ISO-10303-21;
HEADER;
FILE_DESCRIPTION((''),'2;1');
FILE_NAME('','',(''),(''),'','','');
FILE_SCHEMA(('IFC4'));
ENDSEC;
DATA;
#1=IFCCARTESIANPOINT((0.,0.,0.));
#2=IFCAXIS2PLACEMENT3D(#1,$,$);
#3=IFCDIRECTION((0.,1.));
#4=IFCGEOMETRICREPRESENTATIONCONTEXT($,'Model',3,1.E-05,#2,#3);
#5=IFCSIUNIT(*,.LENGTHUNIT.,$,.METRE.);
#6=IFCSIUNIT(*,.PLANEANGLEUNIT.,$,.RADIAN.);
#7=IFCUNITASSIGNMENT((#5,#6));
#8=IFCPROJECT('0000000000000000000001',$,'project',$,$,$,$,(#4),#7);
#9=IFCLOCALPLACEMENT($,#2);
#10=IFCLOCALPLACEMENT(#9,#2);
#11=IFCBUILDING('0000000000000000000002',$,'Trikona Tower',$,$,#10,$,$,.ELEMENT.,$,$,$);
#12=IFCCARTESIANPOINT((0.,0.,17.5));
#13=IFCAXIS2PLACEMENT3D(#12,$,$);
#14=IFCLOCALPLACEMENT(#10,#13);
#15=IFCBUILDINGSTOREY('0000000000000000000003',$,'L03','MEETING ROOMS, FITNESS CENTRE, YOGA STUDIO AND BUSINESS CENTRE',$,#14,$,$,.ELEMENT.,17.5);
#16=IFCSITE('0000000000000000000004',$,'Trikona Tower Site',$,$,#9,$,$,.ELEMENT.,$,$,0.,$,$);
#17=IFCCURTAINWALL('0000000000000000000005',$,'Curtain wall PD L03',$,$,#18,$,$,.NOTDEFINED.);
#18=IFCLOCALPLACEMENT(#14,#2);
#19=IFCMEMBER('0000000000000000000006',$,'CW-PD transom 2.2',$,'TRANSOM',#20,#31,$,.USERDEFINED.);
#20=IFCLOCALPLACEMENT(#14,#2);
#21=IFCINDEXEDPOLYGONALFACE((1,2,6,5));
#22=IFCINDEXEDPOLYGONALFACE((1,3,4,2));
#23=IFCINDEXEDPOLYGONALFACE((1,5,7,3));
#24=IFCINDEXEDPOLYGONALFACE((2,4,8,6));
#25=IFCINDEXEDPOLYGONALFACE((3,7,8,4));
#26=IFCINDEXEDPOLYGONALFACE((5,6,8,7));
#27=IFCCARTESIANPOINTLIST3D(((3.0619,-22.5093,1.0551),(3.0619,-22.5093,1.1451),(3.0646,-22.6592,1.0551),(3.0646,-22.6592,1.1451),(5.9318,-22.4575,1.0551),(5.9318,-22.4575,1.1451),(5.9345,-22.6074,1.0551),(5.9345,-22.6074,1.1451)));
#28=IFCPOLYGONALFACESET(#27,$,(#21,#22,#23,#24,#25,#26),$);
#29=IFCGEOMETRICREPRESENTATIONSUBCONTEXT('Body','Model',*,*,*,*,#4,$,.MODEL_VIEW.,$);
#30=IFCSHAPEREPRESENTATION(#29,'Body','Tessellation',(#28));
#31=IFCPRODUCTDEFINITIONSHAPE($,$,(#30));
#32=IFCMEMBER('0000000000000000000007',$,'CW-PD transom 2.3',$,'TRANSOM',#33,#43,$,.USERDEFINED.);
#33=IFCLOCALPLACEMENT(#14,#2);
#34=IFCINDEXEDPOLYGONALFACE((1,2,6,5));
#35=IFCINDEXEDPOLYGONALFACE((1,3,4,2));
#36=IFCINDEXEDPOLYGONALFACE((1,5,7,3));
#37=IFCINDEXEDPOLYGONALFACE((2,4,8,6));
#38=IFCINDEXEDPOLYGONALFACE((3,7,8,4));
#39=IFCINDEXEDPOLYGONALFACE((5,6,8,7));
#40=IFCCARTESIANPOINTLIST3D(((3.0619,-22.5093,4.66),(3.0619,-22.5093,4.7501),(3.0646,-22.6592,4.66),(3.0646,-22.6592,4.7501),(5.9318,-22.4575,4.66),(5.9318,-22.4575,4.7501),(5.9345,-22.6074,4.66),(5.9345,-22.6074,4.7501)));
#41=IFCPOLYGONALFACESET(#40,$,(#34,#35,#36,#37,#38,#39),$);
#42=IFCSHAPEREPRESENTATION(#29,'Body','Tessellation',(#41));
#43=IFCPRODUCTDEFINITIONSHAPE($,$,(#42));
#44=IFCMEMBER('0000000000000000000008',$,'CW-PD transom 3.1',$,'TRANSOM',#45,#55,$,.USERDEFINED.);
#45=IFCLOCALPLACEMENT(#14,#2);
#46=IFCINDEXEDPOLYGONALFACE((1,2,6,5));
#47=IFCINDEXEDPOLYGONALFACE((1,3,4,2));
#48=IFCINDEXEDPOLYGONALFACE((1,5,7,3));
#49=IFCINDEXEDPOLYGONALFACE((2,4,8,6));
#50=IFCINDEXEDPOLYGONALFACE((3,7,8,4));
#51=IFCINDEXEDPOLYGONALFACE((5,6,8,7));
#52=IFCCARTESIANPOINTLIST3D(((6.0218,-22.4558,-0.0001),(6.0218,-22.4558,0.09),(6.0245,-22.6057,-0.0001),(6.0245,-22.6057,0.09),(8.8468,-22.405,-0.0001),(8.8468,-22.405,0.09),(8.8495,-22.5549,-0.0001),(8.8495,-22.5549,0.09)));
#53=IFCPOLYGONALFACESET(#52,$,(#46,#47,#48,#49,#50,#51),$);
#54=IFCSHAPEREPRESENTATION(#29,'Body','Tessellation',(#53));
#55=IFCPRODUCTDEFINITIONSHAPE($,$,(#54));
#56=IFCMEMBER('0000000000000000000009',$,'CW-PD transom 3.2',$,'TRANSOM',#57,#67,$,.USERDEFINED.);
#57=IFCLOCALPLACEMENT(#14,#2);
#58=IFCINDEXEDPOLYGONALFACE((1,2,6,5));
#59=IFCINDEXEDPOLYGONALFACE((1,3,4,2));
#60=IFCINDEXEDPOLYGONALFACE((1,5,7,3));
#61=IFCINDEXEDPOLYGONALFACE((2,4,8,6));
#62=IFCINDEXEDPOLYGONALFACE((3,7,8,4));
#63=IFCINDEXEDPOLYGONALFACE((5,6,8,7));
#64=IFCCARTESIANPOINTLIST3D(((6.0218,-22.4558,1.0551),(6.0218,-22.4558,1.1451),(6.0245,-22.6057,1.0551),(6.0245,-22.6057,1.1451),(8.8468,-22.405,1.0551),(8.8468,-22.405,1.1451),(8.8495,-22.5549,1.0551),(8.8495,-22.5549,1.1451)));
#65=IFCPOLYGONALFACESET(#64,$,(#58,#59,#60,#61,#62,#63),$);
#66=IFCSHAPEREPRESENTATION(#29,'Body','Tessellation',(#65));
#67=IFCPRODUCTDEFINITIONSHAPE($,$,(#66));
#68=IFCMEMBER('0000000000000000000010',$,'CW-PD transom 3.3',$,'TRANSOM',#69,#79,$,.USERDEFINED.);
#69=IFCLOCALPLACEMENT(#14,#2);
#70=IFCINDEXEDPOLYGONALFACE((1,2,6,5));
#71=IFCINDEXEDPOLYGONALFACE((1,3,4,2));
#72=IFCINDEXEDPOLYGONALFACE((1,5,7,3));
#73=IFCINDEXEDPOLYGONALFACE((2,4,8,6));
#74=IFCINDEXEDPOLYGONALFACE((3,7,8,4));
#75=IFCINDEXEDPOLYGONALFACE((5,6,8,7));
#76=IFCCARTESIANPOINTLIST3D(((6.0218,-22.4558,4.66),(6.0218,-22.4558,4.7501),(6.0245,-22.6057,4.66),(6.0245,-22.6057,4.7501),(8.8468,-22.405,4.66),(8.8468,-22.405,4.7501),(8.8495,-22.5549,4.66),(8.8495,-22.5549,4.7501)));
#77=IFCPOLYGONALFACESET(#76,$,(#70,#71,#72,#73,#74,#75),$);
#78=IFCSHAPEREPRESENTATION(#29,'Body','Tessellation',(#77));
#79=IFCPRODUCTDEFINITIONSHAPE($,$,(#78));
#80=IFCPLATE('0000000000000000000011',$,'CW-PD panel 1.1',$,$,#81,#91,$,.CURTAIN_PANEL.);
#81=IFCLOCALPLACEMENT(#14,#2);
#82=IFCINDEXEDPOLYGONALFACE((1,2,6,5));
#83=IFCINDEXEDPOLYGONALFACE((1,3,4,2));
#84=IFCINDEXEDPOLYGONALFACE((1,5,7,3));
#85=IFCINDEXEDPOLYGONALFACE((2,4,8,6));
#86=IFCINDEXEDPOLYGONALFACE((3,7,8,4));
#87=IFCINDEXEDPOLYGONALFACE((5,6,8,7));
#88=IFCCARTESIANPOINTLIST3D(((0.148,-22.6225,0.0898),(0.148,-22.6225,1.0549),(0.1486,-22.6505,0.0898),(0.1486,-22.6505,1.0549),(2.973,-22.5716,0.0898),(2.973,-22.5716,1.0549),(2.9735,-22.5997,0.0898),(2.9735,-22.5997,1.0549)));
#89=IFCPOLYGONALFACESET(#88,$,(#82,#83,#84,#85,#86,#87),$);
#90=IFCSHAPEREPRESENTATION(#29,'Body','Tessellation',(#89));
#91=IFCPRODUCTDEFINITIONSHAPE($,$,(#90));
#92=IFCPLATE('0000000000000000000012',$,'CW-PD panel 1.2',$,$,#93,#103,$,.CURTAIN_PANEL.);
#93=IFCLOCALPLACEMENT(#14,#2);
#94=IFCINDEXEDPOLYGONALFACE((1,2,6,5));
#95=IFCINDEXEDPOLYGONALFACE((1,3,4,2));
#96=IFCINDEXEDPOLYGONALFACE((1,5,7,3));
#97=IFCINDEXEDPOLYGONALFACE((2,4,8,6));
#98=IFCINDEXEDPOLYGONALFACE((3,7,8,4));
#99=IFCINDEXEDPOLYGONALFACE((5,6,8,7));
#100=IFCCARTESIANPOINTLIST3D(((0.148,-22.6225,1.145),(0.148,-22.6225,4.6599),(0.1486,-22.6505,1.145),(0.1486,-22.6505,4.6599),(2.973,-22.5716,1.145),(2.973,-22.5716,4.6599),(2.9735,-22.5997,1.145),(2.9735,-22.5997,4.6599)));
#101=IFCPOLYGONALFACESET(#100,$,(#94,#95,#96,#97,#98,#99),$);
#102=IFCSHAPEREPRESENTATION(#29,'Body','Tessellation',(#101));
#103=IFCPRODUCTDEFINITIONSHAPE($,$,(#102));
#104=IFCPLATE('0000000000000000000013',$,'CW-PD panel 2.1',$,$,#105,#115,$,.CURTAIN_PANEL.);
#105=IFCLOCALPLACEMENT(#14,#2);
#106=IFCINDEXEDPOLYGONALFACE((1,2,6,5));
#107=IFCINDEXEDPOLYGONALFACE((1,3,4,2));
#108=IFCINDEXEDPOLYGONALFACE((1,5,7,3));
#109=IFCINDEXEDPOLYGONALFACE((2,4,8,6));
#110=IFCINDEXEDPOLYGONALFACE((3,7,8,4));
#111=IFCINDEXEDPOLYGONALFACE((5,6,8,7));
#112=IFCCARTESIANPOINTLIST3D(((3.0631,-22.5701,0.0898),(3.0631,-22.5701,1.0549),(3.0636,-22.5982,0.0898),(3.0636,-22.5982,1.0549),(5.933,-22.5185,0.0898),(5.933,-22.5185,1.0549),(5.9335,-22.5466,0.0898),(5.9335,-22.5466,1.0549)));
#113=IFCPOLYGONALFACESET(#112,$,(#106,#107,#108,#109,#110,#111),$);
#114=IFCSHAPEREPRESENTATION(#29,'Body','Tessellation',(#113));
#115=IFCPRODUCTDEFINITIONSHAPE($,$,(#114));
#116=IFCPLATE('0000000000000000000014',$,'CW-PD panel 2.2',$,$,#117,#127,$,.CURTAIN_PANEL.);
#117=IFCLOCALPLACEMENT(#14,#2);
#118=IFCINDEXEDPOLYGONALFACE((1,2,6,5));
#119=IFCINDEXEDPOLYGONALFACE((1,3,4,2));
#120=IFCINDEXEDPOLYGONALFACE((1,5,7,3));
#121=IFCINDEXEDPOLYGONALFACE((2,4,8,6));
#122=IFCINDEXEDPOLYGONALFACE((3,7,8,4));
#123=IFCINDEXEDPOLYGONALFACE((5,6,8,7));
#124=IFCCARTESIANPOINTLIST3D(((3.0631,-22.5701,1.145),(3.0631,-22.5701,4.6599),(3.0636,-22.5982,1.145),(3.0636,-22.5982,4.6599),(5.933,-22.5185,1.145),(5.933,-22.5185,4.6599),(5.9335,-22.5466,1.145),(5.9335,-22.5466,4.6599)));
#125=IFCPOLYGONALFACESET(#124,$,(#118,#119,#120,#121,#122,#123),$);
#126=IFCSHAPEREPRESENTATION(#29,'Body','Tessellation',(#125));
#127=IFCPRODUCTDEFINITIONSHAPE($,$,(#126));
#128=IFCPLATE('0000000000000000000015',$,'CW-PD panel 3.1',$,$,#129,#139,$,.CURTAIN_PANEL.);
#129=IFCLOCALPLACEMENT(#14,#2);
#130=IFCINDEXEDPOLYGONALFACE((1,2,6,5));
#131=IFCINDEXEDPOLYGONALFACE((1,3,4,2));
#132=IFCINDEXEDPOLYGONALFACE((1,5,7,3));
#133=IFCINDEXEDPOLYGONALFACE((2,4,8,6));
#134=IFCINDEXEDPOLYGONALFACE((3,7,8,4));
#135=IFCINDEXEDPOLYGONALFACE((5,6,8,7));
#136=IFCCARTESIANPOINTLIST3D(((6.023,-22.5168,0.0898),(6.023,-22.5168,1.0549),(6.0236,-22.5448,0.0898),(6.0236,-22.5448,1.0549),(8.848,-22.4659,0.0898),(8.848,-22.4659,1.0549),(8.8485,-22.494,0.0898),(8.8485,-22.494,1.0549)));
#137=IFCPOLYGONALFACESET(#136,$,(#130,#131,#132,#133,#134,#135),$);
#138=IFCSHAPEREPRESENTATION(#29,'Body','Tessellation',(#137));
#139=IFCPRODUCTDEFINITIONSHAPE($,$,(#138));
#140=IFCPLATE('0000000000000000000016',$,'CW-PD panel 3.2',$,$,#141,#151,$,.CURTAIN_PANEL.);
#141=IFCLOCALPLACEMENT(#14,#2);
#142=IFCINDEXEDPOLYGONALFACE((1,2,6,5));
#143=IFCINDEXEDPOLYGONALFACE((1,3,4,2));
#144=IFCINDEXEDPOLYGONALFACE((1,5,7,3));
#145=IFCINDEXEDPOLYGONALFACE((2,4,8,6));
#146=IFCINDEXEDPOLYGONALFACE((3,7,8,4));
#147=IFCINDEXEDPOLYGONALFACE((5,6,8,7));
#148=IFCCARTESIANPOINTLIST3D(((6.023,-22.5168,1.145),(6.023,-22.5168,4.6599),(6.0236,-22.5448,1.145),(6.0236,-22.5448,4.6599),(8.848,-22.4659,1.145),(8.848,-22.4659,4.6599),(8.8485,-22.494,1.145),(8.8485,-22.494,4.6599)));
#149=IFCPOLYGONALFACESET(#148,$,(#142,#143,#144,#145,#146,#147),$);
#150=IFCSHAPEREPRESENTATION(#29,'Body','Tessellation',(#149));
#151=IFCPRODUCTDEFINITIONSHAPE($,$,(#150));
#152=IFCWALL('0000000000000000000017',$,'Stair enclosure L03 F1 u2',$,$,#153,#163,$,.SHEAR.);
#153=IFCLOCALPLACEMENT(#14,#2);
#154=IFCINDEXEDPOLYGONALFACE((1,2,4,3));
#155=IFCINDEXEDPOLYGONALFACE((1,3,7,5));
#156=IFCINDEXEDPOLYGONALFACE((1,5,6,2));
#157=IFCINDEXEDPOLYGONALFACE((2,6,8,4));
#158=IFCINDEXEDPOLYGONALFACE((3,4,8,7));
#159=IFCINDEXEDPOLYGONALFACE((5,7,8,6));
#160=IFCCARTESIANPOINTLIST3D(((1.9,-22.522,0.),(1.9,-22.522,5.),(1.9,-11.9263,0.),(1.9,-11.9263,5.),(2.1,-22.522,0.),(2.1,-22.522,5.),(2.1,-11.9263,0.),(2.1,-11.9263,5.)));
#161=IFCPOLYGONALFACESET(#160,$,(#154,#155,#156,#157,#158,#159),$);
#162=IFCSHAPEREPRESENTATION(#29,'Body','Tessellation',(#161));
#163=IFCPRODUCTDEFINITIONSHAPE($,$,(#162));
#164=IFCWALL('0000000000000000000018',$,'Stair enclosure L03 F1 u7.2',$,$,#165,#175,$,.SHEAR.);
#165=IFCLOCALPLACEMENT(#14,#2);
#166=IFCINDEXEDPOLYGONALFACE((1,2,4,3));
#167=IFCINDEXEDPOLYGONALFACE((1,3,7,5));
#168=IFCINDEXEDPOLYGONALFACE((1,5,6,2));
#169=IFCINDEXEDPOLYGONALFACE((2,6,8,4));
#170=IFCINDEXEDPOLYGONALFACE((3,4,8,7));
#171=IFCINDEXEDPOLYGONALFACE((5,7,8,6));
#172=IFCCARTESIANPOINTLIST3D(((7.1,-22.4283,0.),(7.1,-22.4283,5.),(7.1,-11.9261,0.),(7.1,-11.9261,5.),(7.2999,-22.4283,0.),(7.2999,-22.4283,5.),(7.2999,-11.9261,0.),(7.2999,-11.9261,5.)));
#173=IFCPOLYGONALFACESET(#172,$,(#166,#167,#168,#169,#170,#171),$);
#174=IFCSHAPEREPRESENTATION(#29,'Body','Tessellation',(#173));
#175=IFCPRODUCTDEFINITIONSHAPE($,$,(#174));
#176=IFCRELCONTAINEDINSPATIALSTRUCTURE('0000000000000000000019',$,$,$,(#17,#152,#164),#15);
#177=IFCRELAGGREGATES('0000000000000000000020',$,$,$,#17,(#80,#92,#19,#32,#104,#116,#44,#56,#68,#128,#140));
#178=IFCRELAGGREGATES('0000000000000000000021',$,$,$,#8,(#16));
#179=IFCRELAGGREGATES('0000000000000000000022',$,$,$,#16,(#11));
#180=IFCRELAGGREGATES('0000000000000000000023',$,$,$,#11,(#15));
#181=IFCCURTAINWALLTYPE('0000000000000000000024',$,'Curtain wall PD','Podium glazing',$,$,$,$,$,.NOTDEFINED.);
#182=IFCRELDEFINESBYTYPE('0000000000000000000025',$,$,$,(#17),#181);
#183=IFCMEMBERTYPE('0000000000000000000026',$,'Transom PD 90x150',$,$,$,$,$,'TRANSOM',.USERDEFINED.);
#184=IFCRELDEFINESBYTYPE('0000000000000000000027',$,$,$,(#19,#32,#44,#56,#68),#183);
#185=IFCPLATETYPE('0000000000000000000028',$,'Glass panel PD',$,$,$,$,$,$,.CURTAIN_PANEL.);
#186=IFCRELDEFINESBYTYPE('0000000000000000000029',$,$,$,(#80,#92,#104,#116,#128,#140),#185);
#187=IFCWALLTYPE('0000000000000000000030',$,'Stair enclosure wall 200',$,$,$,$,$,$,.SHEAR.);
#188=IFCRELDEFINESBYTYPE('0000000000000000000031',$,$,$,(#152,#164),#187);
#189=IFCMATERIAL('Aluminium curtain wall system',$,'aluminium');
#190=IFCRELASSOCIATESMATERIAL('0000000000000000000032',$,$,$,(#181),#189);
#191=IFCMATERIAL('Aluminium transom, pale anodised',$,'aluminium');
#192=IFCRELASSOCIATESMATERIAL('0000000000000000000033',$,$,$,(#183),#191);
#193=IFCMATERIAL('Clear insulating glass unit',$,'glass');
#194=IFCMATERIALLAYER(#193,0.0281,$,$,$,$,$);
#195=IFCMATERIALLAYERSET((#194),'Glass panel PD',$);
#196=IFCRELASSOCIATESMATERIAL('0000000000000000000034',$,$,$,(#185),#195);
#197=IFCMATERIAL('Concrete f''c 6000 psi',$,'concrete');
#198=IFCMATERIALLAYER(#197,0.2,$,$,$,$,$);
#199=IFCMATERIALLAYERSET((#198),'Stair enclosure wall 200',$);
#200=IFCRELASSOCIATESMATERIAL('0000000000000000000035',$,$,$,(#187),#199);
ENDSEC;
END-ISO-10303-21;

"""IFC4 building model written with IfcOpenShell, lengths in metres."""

from ifc_helpers import new_model, si_unit, direction, frame, frame_2d, origin, origin_2d, place, context, subcontext, project, spatial, rectangle, extrude, material, layer, layer_set, material_profile, profile_set, type_object, element, aggregate, save


model = new_model("IFC4")

# Units and contexts
model_context = context("Model", 3, precision=1e-05, world=origin(), true_north=direction((0.0, 1.0)))
body_context = subcontext(model_context, "Body", "Model", "MODEL_VIEW")
ifc_project = project(units=[si_unit("LENGTHUNIT", "METRE"), si_unit("PLANEANGLEUNIT", "RADIAN")], contexts=[model_context])

# Site, building, storey
site_placement = place(None, origin())
site = spatial("IfcSite", under=ifc_project, at=site_placement, Name="Trikona Tower Site", CompositionType="ELEMENT", RefElevation=0.0)
building_placement = place(site_placement, origin())
building = spatial("IfcBuilding", under=site, at=building_placement, Name="Trikona Tower", CompositionType="ELEMENT")
storey_placement = place(building_placement, frame((0.0, 0.0, 17.5)))
storey = spatial("IfcBuildingStorey", under=building, at=storey_placement, Name="L03", Description="MEETING ROOMS, FITNESS CENTRE, YOGA STUDIO AND BUSINESS CENTRE", CompositionType="ELEMENT", Elevation=17.5)

# Curtain wall
ifc_material_1 = material(Name="Aluminium curtain wall system", Category="aluminium")
curtain_wall_type = type_object("IfcCurtainWallType", Name="Curtain wall PD", Description="Podium glazing", PredefinedType="NOTDEFINED", material=ifc_material_1)
curtain_wall_placement = place(storey_placement, origin())
curtain_wall = element("IfcCurtainWall", 1, at=curtain_wall_placement, inside=storey, type_object=curtain_wall_type, Name="Curtain wall PD L03", PredefinedType="NOTDEFINED")

# Members
ifc_material_2 = material(Name="Aluminium transom, pale anodised", Category="aluminium")
ifc_material_profile_1 = material_profile(ifc_material_2, rectangle(XDim=0.1499, YDim=0.0901, at=origin_2d()), Name="TRN-PD")
ifc_profile_set_1 = profile_set([ifc_material_profile_1], Name="Aluminium transom, pale anodised")
member_type_1 = type_object("IfcMemberType", Name="Transom PD 90x150", ElementType="TRANSOM", PredefinedType="USERDEFINED", material=ifc_profile_set_1)
member_1_placement = place(storey_placement, frame((3.0632, -22.5842, 1.1001), z_axis=(0.999837, 0.018032, 0.0), x_axis=(-0.018032, 0.999837, 0.0)))
member_1 = element("IfcMember", 2, at=member_1_placement, type_object=member_type_1, Name="CW-PD transom 2.2", ObjectType="TRANSOM", PredefinedType="USERDEFINED", context=body_context, shape_type="SweptSolid", body=[
    extrude(rectangle(XDim=0.1499, YDim=0.0901, at=origin_2d()), origin(), (0.0, 0.0, 1.0), 2.8704),
])
member_2_placement = place(storey_placement, frame((3.0632, -22.5842, 4.7051), z_axis=(0.999837, 0.018032, 0.0), x_axis=(-0.018032, 0.999837, 0.0)))
member_2 = element("IfcMember", 3, at=member_2_placement, type_object=member_type_1, Name="CW-PD transom 2.3", ObjectType="TRANSOM", PredefinedType="USERDEFINED", context=body_context, shape_type="SweptSolid", body=[
    extrude(rectangle(XDim=0.1499, YDim=0.0901, at=origin_2d()), origin(), (0.0, 0.0, 1.0), 2.8704),
])
member_3_placement = place(storey_placement, frame((6.0232, -22.5308, 0.0449), z_axis=(0.999838, 0.017973, 0.0), x_axis=(-0.017973, 0.999838, 0.0)))
member_3 = element("IfcMember", 4, at=member_3_placement, type_object=member_type_1, Name="CW-PD transom 3.1", ObjectType="TRANSOM", PredefinedType="USERDEFINED", context=body_context, shape_type="SweptSolid", body=[
    extrude(rectangle(XDim=0.1499, YDim=0.0901, at=origin_2d()), origin(), (0.0, 0.0, 1.0), 2.8254),
])
member_4_placement = place(storey_placement, frame((6.0232, -22.5308, 1.1001), z_axis=(0.999838, 0.017973, 0.0), x_axis=(-0.017973, 0.999838, 0.0)))
member_4 = element("IfcMember", 5, at=member_4_placement, type_object=member_type_1, Name="CW-PD transom 3.2", ObjectType="TRANSOM", PredefinedType="USERDEFINED", context=body_context, shape_type="SweptSolid", body=[
    extrude(rectangle(XDim=0.1499, YDim=0.0901, at=origin_2d()), origin(), (0.0, 0.0, 1.0), 2.8254),
])
member_5_placement = place(storey_placement, frame((6.0232, -22.5308, 4.7051), z_axis=(0.999838, 0.017973, 0.0), x_axis=(-0.017973, 0.999838, 0.0)))
member_5 = element("IfcMember", 6, at=member_5_placement, type_object=member_type_1, Name="CW-PD transom 3.3", ObjectType="TRANSOM", PredefinedType="USERDEFINED", context=body_context, shape_type="SweptSolid", body=[
    extrude(rectangle(XDim=0.1499, YDim=0.0901, at=origin_2d()), origin(), (0.0, 0.0, 1.0), 2.8254),
])

# Plates
ifc_material_3 = material(Name="Clear insulating glass unit", Category="glass")
ifc_layer_1 = layer(ifc_material_3, 0.0281)
ifc_layer_set_1 = layer_set([ifc_layer_1], Name="Glass panel PD")
plate_type = type_object("IfcPlateType", Name="Glass panel PD", PredefinedType="CURTAIN_PANEL", material=ifc_layer_set_1)
plate_1_placement = place(storey_placement, frame((1.5608, -22.6111, 0.0898), z_axis=(0.0, 0.0, 1.0), x_axis=(0.999838, 0.017993, 0.0)))
plate_1 = element("IfcPlate", 7, at=plate_1_placement, type_object=plate_type, Name="CW-PD panel 1.1", PredefinedType="CURTAIN_PANEL", context=body_context, shape_type="SweptSolid", body=[
    extrude(rectangle(XDim=2.8254, YDim=0.0281, at=origin_2d()), origin(), (0.0, 0.0, 1.0), 0.9651),
])
plate_2_placement = place(storey_placement, frame((1.5608, -22.6111, 1.145), z_axis=(0.0, 0.0, 1.0), x_axis=(0.999838, 0.017993, 0.0)))
plate_2 = element("IfcPlate", 8, at=plate_2_placement, type_object=plate_type, Name="CW-PD panel 1.2", PredefinedType="CURTAIN_PANEL", context=body_context, shape_type="SweptSolid", body=[
    extrude(rectangle(XDim=2.8254, YDim=0.0281, at=origin_2d()), origin(), (0.0, 0.0, 1.0), 3.5149),
])
plate_3_placement = place(storey_placement, frame((4.4983, -22.5583, 0.0898), z_axis=(0.0, 0.0, 1.0), x_axis=(0.999838, 0.017993, 0.0)))
plate_3 = element("IfcPlate", 9, at=plate_3_placement, type_object=plate_type, Name="CW-PD panel 2.1", PredefinedType="CURTAIN_PANEL", context=body_context, shape_type="SweptSolid", body=[
    extrude(rectangle(XDim=2.8704, YDim=0.0281, at=origin_2d()), origin(), (0.0, 0.0, 1.0), 0.9651),
])
plate_4_placement = place(storey_placement, frame((4.4983, -22.5583, 1.145), z_axis=(0.0, 0.0, 1.0), x_axis=(0.999838, 0.017993, 0.0)))
plate_4 = element("IfcPlate", 10, at=plate_4_placement, type_object=plate_type, Name="CW-PD panel 2.2", PredefinedType="CURTAIN_PANEL", context=body_context, shape_type="SweptSolid", body=[
    extrude(rectangle(XDim=2.8704, YDim=0.0281, at=origin_2d()), origin(), (0.0, 0.0, 1.0), 3.5149),
])
plate_5_placement = place(storey_placement, frame((7.4358, -22.5054, 0.0898), z_axis=(0.0, 0.0, 1.0), x_axis=(0.999838, 0.017993, 0.0)))
plate_5 = element("IfcPlate", 11, at=plate_5_placement, type_object=plate_type, Name="CW-PD panel 3.1", PredefinedType="CURTAIN_PANEL", context=body_context, shape_type="SweptSolid", body=[
    extrude(rectangle(XDim=2.8254, YDim=0.0281, at=origin_2d()), origin(), (0.0, 0.0, 1.0), 0.9651),
])
plate_6_placement = place(storey_placement, frame((7.4358, -22.5054, 1.145), z_axis=(0.0, 0.0, 1.0), x_axis=(0.999838, 0.017993, 0.0)))
plate_6 = element("IfcPlate", 12, at=plate_6_placement, type_object=plate_type, Name="CW-PD panel 3.2", PredefinedType="CURTAIN_PANEL", context=body_context, shape_type="SweptSolid", body=[
    extrude(rectangle(XDim=2.8254, YDim=0.0281, at=origin_2d()), origin(), (0.0, 0.0, 1.0), 3.5149),
])
aggregate(curtain_wall, [plate_1, plate_2, member_1, member_2, plate_3, plate_4, member_3, member_4, member_5, plate_5, plate_6])

# Walls
ifc_material_4 = material(Name="Concrete f'c 6000 psi", Category="concrete")
ifc_layer_2 = layer(ifc_material_4, 0.2)
ifc_layer_set_2 = layer_set([ifc_layer_2], Name="Stair enclosure wall 200")
wall_type_1 = type_object("IfcWallType", Name="Stair enclosure wall 200", PredefinedType="SHEAR", material=ifc_layer_set_2)
wall_1_placement = place(storey_placement, frame((2.0, -11.9263, 0.0), z_axis=(0.0, 0.0, 1.0), x_axis=(0.0, -1.0, 0.0)))
element("IfcWall", 13, at=wall_1_placement, inside=storey, type_object=wall_type_1, Name="Stair enclosure L03 F1 u2", PredefinedType="SHEAR", context=body_context, shape_type="SweptSolid", body=[
    extrude(rectangle(XDim=10.5957, YDim=0.2, at=frame_2d((5.2979, 0.0))), origin(), (0.0, 0.0, 1.0), 5.0),
])
wall_2_placement = place(storey_placement, frame((7.2, -11.9263, 0.0), z_axis=(0.0, 0.0, 1.0), x_axis=(0.0, -1.0, 0.0)))
element("IfcWall", 14, at=wall_2_placement, inside=storey, type_object=wall_type_1, Name="Stair enclosure L03 F1 u7.2", PredefinedType="SHEAR", context=body_context, shape_type="SweptSolid", body=[
    extrude(rectangle(XDim=10.5022, YDim=0.2, at=frame_2d((5.251, 0.0))), origin(), (0.0, 0.0, 1.0), 5.0),
])

save(model, "model.ifc")
